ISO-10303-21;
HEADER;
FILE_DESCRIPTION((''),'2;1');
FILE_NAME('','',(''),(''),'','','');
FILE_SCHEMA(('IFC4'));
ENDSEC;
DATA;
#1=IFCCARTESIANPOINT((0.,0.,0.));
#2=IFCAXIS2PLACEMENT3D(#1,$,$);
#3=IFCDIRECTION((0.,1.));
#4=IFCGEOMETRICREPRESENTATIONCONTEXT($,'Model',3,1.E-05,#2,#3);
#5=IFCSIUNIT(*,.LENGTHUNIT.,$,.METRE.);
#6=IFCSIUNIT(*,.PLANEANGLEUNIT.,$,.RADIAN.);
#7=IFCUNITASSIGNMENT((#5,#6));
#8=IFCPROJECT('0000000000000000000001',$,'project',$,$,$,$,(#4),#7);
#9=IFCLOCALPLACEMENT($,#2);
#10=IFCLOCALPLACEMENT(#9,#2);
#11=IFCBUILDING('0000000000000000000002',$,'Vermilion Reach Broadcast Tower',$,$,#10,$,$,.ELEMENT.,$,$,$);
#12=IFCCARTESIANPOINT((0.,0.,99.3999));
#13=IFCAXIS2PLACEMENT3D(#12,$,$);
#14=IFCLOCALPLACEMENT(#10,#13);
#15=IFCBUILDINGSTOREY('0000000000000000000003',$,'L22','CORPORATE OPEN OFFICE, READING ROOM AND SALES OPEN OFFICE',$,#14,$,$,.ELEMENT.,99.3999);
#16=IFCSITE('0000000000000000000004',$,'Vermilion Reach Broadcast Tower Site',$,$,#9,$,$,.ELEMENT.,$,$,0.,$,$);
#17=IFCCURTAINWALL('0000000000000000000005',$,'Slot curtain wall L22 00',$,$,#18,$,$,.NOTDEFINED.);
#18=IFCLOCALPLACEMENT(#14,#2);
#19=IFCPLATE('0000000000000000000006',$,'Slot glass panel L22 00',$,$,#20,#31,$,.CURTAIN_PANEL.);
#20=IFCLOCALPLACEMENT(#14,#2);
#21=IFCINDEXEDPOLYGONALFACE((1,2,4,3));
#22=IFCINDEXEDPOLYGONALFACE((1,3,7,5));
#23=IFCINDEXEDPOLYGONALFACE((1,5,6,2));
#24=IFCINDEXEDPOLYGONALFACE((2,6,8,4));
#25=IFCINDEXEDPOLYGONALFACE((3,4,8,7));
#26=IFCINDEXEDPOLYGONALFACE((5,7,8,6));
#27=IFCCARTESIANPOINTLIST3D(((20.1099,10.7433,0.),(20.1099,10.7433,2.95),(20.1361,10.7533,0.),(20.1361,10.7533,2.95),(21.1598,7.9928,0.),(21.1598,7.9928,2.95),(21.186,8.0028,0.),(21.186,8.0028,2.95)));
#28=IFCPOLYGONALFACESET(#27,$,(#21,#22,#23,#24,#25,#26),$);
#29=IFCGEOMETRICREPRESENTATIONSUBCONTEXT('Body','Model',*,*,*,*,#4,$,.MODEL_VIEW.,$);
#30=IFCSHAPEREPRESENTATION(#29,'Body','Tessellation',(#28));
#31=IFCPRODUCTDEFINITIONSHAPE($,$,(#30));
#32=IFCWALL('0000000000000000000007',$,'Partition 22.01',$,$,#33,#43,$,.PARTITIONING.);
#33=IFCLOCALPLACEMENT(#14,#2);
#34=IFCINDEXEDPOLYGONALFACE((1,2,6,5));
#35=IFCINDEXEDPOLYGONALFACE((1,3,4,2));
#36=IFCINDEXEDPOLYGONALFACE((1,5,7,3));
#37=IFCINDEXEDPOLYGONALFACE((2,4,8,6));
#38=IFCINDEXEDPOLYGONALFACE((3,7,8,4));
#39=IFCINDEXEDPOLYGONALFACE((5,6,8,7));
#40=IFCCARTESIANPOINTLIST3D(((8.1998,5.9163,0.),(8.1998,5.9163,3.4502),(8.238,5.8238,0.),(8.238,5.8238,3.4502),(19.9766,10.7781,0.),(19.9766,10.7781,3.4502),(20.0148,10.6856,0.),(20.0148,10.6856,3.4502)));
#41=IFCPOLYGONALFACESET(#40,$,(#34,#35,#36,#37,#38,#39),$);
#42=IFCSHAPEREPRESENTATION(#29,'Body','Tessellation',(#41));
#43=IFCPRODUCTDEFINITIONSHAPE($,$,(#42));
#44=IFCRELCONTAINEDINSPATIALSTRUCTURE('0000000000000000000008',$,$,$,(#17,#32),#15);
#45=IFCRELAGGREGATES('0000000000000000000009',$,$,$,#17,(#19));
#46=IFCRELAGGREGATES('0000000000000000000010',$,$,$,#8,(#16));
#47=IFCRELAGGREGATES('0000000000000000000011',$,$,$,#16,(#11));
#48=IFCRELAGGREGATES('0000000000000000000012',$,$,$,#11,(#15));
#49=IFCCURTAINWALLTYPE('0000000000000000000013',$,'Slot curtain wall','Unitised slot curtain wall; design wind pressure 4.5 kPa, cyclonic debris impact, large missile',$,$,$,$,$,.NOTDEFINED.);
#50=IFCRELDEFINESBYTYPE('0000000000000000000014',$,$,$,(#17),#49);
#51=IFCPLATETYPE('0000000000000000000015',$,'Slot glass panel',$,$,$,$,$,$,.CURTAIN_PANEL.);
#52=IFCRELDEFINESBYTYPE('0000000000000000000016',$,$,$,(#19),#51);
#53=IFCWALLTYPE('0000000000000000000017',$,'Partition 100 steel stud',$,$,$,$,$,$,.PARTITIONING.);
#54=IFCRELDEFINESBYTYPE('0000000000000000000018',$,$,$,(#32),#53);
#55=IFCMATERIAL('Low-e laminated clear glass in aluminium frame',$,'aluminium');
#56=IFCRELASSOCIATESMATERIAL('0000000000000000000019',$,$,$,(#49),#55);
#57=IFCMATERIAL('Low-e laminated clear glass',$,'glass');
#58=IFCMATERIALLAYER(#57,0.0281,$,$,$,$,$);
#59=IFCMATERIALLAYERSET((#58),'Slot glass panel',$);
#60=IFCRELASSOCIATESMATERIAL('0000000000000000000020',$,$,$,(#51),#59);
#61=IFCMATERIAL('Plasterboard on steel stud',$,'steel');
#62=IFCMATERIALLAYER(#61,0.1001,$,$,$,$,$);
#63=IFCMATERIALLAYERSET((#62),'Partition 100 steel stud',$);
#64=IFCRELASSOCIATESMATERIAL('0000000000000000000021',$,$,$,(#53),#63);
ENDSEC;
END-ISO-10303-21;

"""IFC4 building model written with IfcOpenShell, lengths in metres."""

from ifc_helpers import new_model, si_unit, direction, frame, frame_2d, origin, origin_2d, place, context, subcontext, project, spatial, rectangle, extrude, material, layer, layer_set, type_object, element, aggregate, save


model = new_model("IFC4")

# Units and contexts
model_context = context("Model", 3, precision=1e-05, world=origin(), true_north=direction((0.0, 1.0)))
body_context = subcontext(model_context, "Body", "Model", "MODEL_VIEW")
ifc_project = project(units=[si_unit("LENGTHUNIT", "METRE"), si_unit("PLANEANGLEUNIT", "RADIAN")], contexts=[model_context])

# Site, building, storey
site_placement = place(None, origin())
site = spatial("IfcSite", under=ifc_project, at=site_placement, Name="Vermilion Reach Broadcast Tower Site", CompositionType="ELEMENT", RefElevation=0.0)
building_placement = place(site_placement, origin())
building = spatial("IfcBuilding", under=site, at=building_placement, Name="Vermilion Reach Broadcast Tower", CompositionType="ELEMENT")
storey_placement = place(building_placement, frame((0.0, 0.0, 99.3999)))
storey = spatial("IfcBuildingStorey", under=building, at=storey_placement, Name="L22", Description="CORPORATE OPEN OFFICE, READING ROOM AND SALES OPEN OFFICE", CompositionType="ELEMENT", Elevation=99.3999)

# Curtain wall
ifc_material_1 = material(Name="Low-e laminated clear glass in aluminium frame", Category="aluminium")
curtain_wall_type = type_object("IfcCurtainWallType", Name="Slot curtain wall", Description="Unitised slot curtain wall; design wind pressure 4.5 kPa, cyclonic debris impact, large missile", PredefinedType="NOTDEFINED", material=ifc_material_1)
placement = place(storey_placement, origin())
curtain_wall_1 = element("IfcCurtainWall", 1, at=placement, inside=storey, type_object=curtain_wall_type, Name="Slot curtain wall L22 00", PredefinedType="NOTDEFINED")

# Plate
ifc_material_2 = material(Name="Low-e laminated clear glass", Category="glass")
ifc_layer_1 = layer(ifc_material_2, 0.0281)
ifc_layer_set_1 = layer_set([ifc_layer_1], Name="Slot glass panel")
plate_type = type_object("IfcPlateType", Name="Slot glass panel", PredefinedType="CURTAIN_PANEL", material=ifc_layer_set_1)
plate_1_placement = place(storey_placement, frame((20.6479, 9.373, 0.0), z_axis=(0.0, 0.0, 1.0), x_axis=(-0.356627, 0.934247, 0.0)))
plate_1 = element("IfcPlate", 2, at=plate_1_placement, type_object=plate_type, Name="Slot glass panel L22 00", PredefinedType="CURTAIN_PANEL", context=body_context, shape_type="SweptSolid", body=[
    extrude(rectangle(XDim=2.9441, YDim=0.0281, at=origin_2d()), origin(), (0.0, 0.0, 1.0), 2.95),
])
aggregate(curtain_wall_1, [plate_1])

# Wall
ifc_material_3 = material(Name="Plasterboard on steel stud", Category="steel")
ifc_layer_2 = layer(ifc_material_3, 0.1001)
ifc_layer_set_2 = layer_set([ifc_layer_2], Name="Partition 100 steel stud")
wall_type = type_object("IfcWallType", Name="Partition 100 steel stud", PredefinedType="PARTITIONING", material=ifc_layer_set_2)
wall_placement = place(storey_placement, frame((19.9958, 10.7319, 0.0), z_axis=(0.0, 0.0, 1.0), x_axis=(-0.924332, -0.38159, 0.0)))
element("IfcWall", 3, at=wall_placement, inside=storey, type_object=wall_type, Name="Partition 22.01", PredefinedType="PARTITIONING", context=body_context, shape_type="SweptSolid", body=[
    extrude(rectangle(XDim=12.741, YDim=0.1001, at=frame_2d((6.3706, 0.0))), origin(), (0.0, 0.0, 1.0), 3.4502),
])

save(model, "model.ifc")
